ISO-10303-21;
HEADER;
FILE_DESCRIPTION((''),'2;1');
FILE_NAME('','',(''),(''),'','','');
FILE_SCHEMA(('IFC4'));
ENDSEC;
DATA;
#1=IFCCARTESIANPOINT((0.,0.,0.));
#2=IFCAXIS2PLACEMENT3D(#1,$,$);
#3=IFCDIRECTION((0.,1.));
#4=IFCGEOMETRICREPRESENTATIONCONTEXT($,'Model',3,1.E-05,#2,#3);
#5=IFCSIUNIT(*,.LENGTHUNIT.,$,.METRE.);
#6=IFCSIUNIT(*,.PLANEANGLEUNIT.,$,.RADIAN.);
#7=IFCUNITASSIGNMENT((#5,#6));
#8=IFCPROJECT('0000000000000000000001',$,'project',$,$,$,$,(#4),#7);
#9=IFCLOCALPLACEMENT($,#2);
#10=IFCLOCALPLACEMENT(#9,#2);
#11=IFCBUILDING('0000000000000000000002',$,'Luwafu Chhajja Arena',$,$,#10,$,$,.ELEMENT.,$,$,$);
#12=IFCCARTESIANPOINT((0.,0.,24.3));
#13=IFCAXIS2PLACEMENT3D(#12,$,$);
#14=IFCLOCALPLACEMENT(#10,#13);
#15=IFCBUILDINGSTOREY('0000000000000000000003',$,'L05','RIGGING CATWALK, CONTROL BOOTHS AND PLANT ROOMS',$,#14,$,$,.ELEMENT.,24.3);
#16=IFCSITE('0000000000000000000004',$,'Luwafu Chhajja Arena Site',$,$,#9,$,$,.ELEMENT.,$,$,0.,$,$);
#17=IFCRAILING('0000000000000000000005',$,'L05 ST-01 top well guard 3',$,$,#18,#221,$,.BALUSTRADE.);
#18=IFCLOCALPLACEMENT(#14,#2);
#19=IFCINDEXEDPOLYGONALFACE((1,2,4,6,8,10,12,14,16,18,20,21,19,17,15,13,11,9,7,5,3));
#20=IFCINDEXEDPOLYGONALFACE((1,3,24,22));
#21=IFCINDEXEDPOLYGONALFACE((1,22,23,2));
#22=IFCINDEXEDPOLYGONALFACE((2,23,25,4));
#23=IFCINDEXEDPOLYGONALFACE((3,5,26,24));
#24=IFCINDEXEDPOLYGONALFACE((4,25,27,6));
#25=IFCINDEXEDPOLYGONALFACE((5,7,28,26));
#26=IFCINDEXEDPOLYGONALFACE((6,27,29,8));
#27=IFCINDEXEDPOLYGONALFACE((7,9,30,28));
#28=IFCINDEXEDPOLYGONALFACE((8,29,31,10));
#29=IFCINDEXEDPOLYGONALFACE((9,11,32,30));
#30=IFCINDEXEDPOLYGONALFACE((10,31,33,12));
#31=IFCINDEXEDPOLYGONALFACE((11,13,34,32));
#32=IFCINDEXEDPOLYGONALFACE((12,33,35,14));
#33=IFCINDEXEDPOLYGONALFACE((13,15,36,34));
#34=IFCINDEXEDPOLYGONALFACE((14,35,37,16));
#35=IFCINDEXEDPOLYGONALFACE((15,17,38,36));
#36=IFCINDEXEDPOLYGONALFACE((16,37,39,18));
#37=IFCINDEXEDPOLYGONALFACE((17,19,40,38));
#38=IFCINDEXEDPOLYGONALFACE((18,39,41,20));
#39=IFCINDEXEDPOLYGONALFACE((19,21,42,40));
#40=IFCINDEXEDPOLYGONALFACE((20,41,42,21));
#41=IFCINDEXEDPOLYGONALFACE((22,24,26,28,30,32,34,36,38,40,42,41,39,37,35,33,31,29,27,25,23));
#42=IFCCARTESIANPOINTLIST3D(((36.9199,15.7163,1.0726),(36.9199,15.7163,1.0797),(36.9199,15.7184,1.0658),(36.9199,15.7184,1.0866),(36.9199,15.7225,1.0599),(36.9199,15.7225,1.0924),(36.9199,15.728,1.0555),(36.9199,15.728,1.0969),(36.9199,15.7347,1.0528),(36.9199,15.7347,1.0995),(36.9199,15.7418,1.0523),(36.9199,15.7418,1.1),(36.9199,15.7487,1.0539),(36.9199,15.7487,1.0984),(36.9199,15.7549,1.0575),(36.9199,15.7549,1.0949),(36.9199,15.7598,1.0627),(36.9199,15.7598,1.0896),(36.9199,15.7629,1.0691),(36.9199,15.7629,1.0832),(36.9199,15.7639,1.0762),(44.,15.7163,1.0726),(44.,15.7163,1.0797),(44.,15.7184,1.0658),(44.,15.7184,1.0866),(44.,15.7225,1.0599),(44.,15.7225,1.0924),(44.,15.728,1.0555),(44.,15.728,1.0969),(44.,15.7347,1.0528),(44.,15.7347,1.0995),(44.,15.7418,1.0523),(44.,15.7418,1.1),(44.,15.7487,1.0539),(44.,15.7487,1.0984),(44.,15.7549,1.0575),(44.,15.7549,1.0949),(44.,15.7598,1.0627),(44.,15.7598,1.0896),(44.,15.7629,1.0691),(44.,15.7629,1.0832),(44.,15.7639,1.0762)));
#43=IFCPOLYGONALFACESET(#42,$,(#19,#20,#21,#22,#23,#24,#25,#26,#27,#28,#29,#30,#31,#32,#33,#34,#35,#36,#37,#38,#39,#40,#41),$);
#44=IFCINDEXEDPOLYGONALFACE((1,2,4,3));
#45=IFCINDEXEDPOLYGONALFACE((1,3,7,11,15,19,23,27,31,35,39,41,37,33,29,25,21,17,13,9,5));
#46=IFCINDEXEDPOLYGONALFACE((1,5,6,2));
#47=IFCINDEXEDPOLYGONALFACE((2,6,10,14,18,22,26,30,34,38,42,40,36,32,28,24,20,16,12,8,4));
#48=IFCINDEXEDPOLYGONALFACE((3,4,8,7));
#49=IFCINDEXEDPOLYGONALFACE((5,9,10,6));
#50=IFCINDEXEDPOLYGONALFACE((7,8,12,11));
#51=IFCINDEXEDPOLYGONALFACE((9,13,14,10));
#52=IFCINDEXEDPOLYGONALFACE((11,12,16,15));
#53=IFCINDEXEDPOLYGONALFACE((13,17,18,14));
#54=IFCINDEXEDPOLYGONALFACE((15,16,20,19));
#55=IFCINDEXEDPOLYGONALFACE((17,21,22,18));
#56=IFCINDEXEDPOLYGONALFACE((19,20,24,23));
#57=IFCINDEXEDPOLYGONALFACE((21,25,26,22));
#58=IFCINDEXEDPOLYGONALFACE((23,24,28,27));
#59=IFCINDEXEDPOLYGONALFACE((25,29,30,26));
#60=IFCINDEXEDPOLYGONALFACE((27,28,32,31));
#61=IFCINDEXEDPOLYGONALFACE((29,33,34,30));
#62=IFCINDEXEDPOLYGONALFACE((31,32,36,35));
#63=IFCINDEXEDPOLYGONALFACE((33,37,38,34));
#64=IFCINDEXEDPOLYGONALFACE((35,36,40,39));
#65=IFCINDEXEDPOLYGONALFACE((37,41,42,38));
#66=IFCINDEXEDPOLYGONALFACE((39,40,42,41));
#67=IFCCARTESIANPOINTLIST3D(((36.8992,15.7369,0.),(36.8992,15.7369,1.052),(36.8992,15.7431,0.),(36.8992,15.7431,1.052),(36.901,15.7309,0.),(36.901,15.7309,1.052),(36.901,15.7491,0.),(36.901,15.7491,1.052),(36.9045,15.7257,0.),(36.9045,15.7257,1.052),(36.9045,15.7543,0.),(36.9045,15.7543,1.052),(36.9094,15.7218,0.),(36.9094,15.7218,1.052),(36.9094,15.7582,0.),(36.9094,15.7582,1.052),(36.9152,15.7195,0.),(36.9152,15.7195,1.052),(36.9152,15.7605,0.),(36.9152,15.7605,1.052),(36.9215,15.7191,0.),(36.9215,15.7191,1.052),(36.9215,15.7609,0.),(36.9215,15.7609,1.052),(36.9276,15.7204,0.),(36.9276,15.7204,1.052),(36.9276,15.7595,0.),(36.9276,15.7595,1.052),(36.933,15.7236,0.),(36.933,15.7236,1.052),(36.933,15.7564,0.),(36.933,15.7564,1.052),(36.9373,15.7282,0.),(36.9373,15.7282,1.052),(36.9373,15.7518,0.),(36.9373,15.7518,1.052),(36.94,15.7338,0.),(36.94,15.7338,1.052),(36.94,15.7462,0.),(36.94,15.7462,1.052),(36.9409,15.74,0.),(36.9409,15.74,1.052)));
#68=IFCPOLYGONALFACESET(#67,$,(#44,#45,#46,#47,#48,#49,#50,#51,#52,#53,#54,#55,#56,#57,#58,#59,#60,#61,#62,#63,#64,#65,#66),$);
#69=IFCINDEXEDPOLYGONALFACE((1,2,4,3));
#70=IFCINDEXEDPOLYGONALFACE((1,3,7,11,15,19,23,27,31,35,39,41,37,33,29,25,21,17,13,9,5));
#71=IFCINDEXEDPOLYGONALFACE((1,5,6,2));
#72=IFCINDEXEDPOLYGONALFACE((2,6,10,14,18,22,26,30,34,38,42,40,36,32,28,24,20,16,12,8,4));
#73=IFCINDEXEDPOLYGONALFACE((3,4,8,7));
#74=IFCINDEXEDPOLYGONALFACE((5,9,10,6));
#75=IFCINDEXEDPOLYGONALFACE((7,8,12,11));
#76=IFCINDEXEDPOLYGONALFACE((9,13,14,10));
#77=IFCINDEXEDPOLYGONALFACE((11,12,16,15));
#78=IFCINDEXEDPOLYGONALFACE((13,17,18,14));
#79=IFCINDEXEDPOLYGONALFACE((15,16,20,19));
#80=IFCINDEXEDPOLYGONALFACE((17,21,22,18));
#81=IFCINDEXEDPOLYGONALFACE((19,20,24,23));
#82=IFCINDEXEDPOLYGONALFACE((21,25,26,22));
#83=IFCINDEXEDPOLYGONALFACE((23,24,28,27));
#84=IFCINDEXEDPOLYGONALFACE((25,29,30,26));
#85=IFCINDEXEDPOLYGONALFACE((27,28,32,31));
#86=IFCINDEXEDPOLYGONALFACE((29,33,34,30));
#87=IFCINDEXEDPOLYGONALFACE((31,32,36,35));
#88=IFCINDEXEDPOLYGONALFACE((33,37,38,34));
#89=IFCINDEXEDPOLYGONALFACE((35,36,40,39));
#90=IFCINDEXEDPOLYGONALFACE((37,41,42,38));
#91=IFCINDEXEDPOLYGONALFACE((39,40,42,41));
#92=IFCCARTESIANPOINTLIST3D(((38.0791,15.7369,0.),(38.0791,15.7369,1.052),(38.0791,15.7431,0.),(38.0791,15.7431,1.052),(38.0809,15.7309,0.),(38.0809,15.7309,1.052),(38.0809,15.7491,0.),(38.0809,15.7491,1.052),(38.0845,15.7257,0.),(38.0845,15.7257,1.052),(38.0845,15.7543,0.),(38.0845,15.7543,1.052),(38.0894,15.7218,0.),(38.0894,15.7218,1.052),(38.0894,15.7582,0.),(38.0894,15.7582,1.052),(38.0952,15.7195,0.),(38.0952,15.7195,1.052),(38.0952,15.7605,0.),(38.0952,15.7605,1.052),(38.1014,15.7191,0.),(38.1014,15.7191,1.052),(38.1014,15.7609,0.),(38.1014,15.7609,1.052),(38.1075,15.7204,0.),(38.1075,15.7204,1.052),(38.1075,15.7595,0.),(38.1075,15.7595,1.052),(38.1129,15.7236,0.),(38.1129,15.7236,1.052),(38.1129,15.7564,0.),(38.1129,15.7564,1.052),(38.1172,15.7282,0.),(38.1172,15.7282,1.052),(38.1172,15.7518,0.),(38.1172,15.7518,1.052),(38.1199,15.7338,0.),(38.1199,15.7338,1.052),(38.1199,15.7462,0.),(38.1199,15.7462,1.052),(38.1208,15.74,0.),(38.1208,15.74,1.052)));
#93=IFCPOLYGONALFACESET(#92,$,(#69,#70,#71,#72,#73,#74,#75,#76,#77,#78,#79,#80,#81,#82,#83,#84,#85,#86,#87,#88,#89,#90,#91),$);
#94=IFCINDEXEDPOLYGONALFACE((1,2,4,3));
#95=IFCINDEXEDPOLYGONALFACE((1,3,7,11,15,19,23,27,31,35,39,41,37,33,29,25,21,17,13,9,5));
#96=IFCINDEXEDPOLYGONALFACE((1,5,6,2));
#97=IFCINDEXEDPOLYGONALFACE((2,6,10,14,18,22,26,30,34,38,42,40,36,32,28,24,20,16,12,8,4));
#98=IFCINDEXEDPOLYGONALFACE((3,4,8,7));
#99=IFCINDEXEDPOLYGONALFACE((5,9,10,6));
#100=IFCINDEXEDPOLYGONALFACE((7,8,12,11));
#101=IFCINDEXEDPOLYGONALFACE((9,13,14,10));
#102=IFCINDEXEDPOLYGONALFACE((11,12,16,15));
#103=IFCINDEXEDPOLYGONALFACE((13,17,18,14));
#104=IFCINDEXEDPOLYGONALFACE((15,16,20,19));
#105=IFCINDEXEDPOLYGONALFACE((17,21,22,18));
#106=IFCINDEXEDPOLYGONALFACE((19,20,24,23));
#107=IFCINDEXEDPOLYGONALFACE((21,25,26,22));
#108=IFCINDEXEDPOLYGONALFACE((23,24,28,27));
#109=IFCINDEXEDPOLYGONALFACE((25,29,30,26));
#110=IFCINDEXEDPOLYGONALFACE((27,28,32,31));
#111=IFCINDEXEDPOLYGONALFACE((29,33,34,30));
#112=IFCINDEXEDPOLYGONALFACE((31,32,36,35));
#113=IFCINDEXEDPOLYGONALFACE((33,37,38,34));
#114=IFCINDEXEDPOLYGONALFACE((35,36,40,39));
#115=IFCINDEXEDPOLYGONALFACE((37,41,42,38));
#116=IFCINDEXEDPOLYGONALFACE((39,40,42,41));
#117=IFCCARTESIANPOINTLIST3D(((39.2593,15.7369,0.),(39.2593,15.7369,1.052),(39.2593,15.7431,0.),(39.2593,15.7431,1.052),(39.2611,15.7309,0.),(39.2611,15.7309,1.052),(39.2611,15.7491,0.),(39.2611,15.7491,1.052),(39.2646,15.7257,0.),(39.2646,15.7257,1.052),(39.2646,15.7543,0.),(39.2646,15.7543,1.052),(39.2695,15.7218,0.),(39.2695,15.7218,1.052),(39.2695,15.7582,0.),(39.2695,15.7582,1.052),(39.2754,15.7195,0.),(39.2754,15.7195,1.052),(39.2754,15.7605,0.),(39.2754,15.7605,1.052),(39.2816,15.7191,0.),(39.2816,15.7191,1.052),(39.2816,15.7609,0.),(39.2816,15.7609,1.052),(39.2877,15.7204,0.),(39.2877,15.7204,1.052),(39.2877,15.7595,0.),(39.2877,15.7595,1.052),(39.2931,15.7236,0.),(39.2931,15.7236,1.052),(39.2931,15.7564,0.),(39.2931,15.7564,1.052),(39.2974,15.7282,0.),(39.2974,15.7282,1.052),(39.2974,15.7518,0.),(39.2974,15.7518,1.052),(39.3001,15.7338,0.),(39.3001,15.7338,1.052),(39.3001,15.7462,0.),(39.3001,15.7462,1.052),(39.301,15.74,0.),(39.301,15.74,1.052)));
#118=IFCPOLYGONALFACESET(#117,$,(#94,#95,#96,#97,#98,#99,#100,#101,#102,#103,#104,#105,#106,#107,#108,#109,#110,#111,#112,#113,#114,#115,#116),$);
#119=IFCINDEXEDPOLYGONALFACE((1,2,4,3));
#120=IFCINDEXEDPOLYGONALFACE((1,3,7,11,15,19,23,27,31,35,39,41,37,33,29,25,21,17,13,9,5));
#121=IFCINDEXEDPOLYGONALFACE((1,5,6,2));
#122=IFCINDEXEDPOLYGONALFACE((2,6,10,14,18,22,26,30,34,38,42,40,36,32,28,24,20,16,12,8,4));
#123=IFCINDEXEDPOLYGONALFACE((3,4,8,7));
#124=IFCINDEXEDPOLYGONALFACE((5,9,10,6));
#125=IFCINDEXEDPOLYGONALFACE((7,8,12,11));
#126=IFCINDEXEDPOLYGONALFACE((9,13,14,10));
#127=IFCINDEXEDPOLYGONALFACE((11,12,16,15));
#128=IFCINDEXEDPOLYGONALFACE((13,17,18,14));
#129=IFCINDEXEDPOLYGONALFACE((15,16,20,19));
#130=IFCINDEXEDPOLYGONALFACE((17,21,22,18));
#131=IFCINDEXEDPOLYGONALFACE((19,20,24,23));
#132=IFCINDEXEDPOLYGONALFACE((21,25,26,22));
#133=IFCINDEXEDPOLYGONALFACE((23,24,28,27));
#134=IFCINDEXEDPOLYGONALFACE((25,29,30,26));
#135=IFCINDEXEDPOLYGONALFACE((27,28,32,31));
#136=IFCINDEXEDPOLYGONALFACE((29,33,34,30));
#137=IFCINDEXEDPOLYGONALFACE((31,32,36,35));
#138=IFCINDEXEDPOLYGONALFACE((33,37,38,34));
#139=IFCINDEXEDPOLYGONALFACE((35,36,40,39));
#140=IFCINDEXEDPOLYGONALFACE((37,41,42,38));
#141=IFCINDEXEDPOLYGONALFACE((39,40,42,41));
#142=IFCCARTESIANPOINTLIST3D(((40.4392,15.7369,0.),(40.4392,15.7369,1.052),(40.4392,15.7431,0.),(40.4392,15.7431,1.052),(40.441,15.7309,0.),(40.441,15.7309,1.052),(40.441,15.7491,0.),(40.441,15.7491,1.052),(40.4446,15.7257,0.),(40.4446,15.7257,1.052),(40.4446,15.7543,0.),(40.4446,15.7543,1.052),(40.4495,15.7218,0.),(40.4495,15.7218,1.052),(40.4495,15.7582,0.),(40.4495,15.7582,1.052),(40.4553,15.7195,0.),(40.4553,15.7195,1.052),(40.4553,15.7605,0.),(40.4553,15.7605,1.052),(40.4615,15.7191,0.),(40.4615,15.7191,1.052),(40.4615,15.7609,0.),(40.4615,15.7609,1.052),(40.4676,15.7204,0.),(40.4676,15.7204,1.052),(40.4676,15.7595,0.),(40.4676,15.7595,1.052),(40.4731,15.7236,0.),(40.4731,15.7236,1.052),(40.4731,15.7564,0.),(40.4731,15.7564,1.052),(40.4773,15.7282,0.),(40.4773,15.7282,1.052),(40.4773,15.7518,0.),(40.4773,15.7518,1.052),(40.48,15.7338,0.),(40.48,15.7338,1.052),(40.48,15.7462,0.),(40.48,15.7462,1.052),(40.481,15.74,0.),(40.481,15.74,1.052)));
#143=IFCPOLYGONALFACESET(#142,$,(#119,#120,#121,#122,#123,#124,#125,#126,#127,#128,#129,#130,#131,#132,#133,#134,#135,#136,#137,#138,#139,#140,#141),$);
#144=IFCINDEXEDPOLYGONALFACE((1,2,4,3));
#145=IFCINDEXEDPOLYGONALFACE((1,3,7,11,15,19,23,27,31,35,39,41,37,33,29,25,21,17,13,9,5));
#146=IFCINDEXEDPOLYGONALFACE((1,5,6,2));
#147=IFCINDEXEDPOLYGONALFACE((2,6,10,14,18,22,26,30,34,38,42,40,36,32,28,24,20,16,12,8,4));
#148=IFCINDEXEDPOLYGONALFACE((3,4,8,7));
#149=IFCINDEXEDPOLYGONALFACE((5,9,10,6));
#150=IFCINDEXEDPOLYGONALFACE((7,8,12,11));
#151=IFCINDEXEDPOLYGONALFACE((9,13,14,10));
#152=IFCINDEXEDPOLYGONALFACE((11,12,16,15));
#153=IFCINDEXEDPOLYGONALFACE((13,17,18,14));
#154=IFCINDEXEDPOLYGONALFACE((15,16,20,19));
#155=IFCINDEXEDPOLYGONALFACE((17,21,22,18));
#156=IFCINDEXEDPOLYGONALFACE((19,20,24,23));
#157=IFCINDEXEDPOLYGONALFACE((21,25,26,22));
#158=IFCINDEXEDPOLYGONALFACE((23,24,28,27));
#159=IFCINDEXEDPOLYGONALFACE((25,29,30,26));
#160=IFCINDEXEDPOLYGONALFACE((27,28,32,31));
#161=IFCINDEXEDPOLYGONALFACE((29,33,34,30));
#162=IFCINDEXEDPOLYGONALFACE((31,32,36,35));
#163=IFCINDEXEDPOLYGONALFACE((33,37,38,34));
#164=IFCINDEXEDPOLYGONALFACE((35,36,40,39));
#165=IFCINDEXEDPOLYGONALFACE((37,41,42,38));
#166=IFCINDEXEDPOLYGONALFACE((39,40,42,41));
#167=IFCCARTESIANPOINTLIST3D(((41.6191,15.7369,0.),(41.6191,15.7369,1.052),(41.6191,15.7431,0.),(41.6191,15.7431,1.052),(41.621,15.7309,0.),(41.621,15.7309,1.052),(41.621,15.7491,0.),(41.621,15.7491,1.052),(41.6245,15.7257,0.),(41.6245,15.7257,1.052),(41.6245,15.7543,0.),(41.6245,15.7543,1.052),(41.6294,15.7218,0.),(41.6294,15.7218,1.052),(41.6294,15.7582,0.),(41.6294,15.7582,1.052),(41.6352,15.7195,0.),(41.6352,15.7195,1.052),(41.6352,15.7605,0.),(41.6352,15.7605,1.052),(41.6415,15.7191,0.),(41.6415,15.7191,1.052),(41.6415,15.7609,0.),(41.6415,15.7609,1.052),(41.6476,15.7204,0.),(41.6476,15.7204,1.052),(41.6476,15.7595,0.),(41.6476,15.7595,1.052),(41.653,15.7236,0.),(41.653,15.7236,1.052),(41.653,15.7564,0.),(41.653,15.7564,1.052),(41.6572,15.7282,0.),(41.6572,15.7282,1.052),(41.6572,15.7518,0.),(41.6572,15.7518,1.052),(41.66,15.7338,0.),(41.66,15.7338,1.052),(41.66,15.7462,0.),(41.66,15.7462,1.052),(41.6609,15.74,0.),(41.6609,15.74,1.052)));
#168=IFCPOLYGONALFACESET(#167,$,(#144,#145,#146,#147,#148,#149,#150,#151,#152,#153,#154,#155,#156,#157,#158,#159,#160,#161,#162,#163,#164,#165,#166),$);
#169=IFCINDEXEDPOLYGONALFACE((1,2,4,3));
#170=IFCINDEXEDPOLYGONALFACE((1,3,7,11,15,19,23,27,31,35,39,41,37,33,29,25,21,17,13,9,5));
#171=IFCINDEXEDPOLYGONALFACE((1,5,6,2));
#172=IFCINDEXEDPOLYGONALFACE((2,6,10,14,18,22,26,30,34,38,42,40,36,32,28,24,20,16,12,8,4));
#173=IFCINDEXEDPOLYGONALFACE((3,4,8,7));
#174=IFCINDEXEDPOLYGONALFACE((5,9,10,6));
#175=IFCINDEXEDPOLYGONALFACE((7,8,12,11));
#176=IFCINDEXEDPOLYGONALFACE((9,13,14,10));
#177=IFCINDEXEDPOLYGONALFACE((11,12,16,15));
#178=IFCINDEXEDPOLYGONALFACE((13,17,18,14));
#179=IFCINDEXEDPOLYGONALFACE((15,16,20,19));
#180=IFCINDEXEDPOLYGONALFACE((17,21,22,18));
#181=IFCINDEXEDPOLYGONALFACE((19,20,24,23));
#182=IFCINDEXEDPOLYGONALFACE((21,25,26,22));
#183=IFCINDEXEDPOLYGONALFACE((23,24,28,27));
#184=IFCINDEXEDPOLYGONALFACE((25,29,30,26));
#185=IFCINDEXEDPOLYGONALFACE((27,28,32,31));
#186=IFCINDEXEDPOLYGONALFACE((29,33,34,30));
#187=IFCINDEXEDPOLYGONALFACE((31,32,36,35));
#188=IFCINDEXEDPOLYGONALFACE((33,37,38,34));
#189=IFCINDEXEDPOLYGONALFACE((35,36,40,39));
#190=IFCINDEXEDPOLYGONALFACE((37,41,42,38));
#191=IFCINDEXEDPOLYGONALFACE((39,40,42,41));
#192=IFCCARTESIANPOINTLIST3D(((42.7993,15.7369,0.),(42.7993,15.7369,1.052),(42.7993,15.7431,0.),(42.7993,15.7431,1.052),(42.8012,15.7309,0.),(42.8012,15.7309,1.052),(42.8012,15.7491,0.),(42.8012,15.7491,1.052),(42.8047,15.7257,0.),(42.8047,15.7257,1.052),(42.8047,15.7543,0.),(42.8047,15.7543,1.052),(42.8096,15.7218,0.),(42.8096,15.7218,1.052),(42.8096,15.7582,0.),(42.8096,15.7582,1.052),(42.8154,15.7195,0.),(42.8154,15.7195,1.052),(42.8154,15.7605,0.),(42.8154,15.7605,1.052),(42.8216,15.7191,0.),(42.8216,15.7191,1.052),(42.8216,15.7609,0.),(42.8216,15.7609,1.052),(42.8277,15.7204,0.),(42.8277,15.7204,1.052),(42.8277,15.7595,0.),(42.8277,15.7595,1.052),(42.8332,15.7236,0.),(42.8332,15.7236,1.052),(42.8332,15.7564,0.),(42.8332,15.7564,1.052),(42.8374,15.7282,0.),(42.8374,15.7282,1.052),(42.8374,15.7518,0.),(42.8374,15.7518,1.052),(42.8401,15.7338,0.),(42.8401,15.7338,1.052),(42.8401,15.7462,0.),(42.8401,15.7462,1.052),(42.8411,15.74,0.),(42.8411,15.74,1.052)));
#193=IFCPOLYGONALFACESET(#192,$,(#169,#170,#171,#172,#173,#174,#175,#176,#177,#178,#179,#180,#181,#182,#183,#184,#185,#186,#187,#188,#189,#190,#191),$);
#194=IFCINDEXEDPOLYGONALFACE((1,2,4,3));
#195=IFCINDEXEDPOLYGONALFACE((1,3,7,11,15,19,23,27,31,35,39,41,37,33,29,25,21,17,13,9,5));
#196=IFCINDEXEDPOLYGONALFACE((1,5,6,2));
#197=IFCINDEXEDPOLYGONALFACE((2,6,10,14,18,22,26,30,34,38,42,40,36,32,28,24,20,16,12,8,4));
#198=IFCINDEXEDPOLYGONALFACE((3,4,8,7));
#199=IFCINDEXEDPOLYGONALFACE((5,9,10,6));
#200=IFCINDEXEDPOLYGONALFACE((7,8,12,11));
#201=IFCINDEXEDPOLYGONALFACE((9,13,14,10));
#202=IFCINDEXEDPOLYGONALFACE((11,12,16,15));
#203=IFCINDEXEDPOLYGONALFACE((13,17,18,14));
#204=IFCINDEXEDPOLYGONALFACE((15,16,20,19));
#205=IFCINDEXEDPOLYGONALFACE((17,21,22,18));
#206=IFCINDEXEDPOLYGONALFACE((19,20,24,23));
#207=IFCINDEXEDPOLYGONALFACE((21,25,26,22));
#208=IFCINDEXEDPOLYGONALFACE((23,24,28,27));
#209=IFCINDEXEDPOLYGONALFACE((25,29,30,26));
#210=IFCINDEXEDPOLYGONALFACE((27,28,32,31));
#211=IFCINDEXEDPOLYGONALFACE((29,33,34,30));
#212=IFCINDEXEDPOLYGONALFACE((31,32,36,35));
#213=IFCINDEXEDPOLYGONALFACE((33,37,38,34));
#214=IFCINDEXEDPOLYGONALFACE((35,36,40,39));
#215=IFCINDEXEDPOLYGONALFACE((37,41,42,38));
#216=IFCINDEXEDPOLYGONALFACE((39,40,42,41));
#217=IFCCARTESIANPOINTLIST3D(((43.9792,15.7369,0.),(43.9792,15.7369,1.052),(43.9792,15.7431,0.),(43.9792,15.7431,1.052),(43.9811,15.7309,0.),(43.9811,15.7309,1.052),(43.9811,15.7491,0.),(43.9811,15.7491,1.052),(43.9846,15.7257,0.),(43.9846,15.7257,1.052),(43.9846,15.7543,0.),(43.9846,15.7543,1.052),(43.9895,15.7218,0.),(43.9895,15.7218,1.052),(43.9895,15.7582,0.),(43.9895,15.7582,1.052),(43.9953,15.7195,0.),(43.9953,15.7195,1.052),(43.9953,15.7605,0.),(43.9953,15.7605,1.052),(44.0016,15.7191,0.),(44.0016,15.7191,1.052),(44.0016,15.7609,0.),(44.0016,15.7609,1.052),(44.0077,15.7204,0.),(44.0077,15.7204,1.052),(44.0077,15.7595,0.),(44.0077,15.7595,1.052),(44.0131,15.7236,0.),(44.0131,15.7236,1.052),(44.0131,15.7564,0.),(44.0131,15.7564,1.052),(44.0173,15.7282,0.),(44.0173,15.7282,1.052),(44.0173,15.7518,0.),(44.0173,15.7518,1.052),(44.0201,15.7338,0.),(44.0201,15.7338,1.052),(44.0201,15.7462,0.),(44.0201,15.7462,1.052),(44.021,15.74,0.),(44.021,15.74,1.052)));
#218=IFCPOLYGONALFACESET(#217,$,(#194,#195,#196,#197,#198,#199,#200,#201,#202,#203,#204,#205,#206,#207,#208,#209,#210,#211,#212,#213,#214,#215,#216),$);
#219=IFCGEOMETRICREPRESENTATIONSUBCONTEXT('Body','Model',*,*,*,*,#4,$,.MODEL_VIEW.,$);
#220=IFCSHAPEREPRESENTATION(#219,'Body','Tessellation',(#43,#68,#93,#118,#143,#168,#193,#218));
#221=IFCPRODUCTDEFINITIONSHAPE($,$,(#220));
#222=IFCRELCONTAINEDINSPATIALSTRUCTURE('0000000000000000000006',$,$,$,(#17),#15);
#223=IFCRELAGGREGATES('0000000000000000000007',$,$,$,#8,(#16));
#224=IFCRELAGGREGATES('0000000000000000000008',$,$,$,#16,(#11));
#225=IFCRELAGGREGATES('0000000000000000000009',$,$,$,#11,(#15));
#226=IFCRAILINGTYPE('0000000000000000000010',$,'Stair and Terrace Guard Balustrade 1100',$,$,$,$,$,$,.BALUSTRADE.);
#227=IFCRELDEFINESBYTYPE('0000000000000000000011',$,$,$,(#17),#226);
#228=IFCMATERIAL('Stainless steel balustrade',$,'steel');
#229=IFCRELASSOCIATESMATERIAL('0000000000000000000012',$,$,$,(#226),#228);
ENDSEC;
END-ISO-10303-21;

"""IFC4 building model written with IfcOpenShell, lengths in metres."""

from ifc_helpers import new_model, si_unit, direction, frame, origin, origin_2d, place, context, subcontext, project, spatial, circle, extrude, material, type_object, element, save


model = new_model("IFC4")

# Units and contexts
model_context = context("Model", 3, precision=1e-05, world=origin(), true_north=direction((0.0, 1.0)))
body_context = subcontext(model_context, "Body", "Model", "MODEL_VIEW")
ifc_project = project(units=[si_unit("LENGTHUNIT", "METRE"), si_unit("PLANEANGLEUNIT", "RADIAN")], contexts=[model_context])

# Site, building, storey
site_placement = place(None, origin())
site = spatial("IfcSite", under=ifc_project, at=site_placement, Name="Luwafu Chhajja Arena Site", CompositionType="ELEMENT", RefElevation=0.0)
building_placement = place(site_placement, origin())
building = spatial("IfcBuilding", under=site, at=building_placement, Name="Luwafu Chhajja Arena", CompositionType="ELEMENT")
storey_placement = place(building_placement, frame((0.0, 0.0, 24.3)))
storey = spatial("IfcBuildingStorey", under=building, at=storey_placement, Name="L05", Description="RIGGING CATWALK, CONTROL BOOTHS AND PLANT ROOMS", CompositionType="ELEMENT", Elevation=24.3)

# Railing
ifc_material_1 = material(Name="Stainless steel balustrade", Category="steel")
railing_type = type_object("IfcRailingType", Name="Stair and Terrace Guard Balustrade 1100", PredefinedType="BALUSTRADE", material=ifc_material_1)
for number, where, name in (
    (1, (36.9199, 15.74, 0.0), "L05 ST-01 top well guard 3"),
):
    element("IfcRailing", number, at=place(storey_placement, frame(where)), inside=storey, type_object=railing_type, Name=name, PredefinedType="BALUSTRADE", context=body_context, shape_type="SweptSolid", body=[
        extrude(circle(Radius=0.0239, at=origin_2d()), frame((0.0, 0.0, 1.0762), z_axis=(1.0, 0.0, 0.0), x_axis=(0.0, 1.0, 0.0)), (0.0, 0.0, 1.0), 7.0801),
        extrude(circle(Radius=0.021, at=origin_2d()), origin(), (0.0, 0.0, 1.0), 1.052),
        extrude(circle(Radius=0.021, at=origin_2d()), frame((1.1799, 0.0, 0.0)), (0.0, 0.0, 1.0), 1.052),
        extrude(circle(Radius=0.021, at=origin_2d()), frame((2.3601, 0.0, 0.0)), (0.0, 0.0, 1.0), 1.052),
        extrude(circle(Radius=0.021, at=origin_2d()), frame((3.54, 0.0, 0.0)), (0.0, 0.0, 1.0), 1.052),
        extrude(circle(Radius=0.021, at=origin_2d()), frame((4.72, 0.0, 0.0)), (0.0, 0.0, 1.0), 1.052),
        extrude(circle(Radius=0.021, at=origin_2d()), frame((5.9001, 0.0, 0.0)), (0.0, 0.0, 1.0), 1.052),
        extrude(circle(Radius=0.021, at=origin_2d()), frame((7.0801, 0.0, 0.0)), (0.0, 0.0, 1.0), 1.052),
    ])

save(model, "model.ifc")
